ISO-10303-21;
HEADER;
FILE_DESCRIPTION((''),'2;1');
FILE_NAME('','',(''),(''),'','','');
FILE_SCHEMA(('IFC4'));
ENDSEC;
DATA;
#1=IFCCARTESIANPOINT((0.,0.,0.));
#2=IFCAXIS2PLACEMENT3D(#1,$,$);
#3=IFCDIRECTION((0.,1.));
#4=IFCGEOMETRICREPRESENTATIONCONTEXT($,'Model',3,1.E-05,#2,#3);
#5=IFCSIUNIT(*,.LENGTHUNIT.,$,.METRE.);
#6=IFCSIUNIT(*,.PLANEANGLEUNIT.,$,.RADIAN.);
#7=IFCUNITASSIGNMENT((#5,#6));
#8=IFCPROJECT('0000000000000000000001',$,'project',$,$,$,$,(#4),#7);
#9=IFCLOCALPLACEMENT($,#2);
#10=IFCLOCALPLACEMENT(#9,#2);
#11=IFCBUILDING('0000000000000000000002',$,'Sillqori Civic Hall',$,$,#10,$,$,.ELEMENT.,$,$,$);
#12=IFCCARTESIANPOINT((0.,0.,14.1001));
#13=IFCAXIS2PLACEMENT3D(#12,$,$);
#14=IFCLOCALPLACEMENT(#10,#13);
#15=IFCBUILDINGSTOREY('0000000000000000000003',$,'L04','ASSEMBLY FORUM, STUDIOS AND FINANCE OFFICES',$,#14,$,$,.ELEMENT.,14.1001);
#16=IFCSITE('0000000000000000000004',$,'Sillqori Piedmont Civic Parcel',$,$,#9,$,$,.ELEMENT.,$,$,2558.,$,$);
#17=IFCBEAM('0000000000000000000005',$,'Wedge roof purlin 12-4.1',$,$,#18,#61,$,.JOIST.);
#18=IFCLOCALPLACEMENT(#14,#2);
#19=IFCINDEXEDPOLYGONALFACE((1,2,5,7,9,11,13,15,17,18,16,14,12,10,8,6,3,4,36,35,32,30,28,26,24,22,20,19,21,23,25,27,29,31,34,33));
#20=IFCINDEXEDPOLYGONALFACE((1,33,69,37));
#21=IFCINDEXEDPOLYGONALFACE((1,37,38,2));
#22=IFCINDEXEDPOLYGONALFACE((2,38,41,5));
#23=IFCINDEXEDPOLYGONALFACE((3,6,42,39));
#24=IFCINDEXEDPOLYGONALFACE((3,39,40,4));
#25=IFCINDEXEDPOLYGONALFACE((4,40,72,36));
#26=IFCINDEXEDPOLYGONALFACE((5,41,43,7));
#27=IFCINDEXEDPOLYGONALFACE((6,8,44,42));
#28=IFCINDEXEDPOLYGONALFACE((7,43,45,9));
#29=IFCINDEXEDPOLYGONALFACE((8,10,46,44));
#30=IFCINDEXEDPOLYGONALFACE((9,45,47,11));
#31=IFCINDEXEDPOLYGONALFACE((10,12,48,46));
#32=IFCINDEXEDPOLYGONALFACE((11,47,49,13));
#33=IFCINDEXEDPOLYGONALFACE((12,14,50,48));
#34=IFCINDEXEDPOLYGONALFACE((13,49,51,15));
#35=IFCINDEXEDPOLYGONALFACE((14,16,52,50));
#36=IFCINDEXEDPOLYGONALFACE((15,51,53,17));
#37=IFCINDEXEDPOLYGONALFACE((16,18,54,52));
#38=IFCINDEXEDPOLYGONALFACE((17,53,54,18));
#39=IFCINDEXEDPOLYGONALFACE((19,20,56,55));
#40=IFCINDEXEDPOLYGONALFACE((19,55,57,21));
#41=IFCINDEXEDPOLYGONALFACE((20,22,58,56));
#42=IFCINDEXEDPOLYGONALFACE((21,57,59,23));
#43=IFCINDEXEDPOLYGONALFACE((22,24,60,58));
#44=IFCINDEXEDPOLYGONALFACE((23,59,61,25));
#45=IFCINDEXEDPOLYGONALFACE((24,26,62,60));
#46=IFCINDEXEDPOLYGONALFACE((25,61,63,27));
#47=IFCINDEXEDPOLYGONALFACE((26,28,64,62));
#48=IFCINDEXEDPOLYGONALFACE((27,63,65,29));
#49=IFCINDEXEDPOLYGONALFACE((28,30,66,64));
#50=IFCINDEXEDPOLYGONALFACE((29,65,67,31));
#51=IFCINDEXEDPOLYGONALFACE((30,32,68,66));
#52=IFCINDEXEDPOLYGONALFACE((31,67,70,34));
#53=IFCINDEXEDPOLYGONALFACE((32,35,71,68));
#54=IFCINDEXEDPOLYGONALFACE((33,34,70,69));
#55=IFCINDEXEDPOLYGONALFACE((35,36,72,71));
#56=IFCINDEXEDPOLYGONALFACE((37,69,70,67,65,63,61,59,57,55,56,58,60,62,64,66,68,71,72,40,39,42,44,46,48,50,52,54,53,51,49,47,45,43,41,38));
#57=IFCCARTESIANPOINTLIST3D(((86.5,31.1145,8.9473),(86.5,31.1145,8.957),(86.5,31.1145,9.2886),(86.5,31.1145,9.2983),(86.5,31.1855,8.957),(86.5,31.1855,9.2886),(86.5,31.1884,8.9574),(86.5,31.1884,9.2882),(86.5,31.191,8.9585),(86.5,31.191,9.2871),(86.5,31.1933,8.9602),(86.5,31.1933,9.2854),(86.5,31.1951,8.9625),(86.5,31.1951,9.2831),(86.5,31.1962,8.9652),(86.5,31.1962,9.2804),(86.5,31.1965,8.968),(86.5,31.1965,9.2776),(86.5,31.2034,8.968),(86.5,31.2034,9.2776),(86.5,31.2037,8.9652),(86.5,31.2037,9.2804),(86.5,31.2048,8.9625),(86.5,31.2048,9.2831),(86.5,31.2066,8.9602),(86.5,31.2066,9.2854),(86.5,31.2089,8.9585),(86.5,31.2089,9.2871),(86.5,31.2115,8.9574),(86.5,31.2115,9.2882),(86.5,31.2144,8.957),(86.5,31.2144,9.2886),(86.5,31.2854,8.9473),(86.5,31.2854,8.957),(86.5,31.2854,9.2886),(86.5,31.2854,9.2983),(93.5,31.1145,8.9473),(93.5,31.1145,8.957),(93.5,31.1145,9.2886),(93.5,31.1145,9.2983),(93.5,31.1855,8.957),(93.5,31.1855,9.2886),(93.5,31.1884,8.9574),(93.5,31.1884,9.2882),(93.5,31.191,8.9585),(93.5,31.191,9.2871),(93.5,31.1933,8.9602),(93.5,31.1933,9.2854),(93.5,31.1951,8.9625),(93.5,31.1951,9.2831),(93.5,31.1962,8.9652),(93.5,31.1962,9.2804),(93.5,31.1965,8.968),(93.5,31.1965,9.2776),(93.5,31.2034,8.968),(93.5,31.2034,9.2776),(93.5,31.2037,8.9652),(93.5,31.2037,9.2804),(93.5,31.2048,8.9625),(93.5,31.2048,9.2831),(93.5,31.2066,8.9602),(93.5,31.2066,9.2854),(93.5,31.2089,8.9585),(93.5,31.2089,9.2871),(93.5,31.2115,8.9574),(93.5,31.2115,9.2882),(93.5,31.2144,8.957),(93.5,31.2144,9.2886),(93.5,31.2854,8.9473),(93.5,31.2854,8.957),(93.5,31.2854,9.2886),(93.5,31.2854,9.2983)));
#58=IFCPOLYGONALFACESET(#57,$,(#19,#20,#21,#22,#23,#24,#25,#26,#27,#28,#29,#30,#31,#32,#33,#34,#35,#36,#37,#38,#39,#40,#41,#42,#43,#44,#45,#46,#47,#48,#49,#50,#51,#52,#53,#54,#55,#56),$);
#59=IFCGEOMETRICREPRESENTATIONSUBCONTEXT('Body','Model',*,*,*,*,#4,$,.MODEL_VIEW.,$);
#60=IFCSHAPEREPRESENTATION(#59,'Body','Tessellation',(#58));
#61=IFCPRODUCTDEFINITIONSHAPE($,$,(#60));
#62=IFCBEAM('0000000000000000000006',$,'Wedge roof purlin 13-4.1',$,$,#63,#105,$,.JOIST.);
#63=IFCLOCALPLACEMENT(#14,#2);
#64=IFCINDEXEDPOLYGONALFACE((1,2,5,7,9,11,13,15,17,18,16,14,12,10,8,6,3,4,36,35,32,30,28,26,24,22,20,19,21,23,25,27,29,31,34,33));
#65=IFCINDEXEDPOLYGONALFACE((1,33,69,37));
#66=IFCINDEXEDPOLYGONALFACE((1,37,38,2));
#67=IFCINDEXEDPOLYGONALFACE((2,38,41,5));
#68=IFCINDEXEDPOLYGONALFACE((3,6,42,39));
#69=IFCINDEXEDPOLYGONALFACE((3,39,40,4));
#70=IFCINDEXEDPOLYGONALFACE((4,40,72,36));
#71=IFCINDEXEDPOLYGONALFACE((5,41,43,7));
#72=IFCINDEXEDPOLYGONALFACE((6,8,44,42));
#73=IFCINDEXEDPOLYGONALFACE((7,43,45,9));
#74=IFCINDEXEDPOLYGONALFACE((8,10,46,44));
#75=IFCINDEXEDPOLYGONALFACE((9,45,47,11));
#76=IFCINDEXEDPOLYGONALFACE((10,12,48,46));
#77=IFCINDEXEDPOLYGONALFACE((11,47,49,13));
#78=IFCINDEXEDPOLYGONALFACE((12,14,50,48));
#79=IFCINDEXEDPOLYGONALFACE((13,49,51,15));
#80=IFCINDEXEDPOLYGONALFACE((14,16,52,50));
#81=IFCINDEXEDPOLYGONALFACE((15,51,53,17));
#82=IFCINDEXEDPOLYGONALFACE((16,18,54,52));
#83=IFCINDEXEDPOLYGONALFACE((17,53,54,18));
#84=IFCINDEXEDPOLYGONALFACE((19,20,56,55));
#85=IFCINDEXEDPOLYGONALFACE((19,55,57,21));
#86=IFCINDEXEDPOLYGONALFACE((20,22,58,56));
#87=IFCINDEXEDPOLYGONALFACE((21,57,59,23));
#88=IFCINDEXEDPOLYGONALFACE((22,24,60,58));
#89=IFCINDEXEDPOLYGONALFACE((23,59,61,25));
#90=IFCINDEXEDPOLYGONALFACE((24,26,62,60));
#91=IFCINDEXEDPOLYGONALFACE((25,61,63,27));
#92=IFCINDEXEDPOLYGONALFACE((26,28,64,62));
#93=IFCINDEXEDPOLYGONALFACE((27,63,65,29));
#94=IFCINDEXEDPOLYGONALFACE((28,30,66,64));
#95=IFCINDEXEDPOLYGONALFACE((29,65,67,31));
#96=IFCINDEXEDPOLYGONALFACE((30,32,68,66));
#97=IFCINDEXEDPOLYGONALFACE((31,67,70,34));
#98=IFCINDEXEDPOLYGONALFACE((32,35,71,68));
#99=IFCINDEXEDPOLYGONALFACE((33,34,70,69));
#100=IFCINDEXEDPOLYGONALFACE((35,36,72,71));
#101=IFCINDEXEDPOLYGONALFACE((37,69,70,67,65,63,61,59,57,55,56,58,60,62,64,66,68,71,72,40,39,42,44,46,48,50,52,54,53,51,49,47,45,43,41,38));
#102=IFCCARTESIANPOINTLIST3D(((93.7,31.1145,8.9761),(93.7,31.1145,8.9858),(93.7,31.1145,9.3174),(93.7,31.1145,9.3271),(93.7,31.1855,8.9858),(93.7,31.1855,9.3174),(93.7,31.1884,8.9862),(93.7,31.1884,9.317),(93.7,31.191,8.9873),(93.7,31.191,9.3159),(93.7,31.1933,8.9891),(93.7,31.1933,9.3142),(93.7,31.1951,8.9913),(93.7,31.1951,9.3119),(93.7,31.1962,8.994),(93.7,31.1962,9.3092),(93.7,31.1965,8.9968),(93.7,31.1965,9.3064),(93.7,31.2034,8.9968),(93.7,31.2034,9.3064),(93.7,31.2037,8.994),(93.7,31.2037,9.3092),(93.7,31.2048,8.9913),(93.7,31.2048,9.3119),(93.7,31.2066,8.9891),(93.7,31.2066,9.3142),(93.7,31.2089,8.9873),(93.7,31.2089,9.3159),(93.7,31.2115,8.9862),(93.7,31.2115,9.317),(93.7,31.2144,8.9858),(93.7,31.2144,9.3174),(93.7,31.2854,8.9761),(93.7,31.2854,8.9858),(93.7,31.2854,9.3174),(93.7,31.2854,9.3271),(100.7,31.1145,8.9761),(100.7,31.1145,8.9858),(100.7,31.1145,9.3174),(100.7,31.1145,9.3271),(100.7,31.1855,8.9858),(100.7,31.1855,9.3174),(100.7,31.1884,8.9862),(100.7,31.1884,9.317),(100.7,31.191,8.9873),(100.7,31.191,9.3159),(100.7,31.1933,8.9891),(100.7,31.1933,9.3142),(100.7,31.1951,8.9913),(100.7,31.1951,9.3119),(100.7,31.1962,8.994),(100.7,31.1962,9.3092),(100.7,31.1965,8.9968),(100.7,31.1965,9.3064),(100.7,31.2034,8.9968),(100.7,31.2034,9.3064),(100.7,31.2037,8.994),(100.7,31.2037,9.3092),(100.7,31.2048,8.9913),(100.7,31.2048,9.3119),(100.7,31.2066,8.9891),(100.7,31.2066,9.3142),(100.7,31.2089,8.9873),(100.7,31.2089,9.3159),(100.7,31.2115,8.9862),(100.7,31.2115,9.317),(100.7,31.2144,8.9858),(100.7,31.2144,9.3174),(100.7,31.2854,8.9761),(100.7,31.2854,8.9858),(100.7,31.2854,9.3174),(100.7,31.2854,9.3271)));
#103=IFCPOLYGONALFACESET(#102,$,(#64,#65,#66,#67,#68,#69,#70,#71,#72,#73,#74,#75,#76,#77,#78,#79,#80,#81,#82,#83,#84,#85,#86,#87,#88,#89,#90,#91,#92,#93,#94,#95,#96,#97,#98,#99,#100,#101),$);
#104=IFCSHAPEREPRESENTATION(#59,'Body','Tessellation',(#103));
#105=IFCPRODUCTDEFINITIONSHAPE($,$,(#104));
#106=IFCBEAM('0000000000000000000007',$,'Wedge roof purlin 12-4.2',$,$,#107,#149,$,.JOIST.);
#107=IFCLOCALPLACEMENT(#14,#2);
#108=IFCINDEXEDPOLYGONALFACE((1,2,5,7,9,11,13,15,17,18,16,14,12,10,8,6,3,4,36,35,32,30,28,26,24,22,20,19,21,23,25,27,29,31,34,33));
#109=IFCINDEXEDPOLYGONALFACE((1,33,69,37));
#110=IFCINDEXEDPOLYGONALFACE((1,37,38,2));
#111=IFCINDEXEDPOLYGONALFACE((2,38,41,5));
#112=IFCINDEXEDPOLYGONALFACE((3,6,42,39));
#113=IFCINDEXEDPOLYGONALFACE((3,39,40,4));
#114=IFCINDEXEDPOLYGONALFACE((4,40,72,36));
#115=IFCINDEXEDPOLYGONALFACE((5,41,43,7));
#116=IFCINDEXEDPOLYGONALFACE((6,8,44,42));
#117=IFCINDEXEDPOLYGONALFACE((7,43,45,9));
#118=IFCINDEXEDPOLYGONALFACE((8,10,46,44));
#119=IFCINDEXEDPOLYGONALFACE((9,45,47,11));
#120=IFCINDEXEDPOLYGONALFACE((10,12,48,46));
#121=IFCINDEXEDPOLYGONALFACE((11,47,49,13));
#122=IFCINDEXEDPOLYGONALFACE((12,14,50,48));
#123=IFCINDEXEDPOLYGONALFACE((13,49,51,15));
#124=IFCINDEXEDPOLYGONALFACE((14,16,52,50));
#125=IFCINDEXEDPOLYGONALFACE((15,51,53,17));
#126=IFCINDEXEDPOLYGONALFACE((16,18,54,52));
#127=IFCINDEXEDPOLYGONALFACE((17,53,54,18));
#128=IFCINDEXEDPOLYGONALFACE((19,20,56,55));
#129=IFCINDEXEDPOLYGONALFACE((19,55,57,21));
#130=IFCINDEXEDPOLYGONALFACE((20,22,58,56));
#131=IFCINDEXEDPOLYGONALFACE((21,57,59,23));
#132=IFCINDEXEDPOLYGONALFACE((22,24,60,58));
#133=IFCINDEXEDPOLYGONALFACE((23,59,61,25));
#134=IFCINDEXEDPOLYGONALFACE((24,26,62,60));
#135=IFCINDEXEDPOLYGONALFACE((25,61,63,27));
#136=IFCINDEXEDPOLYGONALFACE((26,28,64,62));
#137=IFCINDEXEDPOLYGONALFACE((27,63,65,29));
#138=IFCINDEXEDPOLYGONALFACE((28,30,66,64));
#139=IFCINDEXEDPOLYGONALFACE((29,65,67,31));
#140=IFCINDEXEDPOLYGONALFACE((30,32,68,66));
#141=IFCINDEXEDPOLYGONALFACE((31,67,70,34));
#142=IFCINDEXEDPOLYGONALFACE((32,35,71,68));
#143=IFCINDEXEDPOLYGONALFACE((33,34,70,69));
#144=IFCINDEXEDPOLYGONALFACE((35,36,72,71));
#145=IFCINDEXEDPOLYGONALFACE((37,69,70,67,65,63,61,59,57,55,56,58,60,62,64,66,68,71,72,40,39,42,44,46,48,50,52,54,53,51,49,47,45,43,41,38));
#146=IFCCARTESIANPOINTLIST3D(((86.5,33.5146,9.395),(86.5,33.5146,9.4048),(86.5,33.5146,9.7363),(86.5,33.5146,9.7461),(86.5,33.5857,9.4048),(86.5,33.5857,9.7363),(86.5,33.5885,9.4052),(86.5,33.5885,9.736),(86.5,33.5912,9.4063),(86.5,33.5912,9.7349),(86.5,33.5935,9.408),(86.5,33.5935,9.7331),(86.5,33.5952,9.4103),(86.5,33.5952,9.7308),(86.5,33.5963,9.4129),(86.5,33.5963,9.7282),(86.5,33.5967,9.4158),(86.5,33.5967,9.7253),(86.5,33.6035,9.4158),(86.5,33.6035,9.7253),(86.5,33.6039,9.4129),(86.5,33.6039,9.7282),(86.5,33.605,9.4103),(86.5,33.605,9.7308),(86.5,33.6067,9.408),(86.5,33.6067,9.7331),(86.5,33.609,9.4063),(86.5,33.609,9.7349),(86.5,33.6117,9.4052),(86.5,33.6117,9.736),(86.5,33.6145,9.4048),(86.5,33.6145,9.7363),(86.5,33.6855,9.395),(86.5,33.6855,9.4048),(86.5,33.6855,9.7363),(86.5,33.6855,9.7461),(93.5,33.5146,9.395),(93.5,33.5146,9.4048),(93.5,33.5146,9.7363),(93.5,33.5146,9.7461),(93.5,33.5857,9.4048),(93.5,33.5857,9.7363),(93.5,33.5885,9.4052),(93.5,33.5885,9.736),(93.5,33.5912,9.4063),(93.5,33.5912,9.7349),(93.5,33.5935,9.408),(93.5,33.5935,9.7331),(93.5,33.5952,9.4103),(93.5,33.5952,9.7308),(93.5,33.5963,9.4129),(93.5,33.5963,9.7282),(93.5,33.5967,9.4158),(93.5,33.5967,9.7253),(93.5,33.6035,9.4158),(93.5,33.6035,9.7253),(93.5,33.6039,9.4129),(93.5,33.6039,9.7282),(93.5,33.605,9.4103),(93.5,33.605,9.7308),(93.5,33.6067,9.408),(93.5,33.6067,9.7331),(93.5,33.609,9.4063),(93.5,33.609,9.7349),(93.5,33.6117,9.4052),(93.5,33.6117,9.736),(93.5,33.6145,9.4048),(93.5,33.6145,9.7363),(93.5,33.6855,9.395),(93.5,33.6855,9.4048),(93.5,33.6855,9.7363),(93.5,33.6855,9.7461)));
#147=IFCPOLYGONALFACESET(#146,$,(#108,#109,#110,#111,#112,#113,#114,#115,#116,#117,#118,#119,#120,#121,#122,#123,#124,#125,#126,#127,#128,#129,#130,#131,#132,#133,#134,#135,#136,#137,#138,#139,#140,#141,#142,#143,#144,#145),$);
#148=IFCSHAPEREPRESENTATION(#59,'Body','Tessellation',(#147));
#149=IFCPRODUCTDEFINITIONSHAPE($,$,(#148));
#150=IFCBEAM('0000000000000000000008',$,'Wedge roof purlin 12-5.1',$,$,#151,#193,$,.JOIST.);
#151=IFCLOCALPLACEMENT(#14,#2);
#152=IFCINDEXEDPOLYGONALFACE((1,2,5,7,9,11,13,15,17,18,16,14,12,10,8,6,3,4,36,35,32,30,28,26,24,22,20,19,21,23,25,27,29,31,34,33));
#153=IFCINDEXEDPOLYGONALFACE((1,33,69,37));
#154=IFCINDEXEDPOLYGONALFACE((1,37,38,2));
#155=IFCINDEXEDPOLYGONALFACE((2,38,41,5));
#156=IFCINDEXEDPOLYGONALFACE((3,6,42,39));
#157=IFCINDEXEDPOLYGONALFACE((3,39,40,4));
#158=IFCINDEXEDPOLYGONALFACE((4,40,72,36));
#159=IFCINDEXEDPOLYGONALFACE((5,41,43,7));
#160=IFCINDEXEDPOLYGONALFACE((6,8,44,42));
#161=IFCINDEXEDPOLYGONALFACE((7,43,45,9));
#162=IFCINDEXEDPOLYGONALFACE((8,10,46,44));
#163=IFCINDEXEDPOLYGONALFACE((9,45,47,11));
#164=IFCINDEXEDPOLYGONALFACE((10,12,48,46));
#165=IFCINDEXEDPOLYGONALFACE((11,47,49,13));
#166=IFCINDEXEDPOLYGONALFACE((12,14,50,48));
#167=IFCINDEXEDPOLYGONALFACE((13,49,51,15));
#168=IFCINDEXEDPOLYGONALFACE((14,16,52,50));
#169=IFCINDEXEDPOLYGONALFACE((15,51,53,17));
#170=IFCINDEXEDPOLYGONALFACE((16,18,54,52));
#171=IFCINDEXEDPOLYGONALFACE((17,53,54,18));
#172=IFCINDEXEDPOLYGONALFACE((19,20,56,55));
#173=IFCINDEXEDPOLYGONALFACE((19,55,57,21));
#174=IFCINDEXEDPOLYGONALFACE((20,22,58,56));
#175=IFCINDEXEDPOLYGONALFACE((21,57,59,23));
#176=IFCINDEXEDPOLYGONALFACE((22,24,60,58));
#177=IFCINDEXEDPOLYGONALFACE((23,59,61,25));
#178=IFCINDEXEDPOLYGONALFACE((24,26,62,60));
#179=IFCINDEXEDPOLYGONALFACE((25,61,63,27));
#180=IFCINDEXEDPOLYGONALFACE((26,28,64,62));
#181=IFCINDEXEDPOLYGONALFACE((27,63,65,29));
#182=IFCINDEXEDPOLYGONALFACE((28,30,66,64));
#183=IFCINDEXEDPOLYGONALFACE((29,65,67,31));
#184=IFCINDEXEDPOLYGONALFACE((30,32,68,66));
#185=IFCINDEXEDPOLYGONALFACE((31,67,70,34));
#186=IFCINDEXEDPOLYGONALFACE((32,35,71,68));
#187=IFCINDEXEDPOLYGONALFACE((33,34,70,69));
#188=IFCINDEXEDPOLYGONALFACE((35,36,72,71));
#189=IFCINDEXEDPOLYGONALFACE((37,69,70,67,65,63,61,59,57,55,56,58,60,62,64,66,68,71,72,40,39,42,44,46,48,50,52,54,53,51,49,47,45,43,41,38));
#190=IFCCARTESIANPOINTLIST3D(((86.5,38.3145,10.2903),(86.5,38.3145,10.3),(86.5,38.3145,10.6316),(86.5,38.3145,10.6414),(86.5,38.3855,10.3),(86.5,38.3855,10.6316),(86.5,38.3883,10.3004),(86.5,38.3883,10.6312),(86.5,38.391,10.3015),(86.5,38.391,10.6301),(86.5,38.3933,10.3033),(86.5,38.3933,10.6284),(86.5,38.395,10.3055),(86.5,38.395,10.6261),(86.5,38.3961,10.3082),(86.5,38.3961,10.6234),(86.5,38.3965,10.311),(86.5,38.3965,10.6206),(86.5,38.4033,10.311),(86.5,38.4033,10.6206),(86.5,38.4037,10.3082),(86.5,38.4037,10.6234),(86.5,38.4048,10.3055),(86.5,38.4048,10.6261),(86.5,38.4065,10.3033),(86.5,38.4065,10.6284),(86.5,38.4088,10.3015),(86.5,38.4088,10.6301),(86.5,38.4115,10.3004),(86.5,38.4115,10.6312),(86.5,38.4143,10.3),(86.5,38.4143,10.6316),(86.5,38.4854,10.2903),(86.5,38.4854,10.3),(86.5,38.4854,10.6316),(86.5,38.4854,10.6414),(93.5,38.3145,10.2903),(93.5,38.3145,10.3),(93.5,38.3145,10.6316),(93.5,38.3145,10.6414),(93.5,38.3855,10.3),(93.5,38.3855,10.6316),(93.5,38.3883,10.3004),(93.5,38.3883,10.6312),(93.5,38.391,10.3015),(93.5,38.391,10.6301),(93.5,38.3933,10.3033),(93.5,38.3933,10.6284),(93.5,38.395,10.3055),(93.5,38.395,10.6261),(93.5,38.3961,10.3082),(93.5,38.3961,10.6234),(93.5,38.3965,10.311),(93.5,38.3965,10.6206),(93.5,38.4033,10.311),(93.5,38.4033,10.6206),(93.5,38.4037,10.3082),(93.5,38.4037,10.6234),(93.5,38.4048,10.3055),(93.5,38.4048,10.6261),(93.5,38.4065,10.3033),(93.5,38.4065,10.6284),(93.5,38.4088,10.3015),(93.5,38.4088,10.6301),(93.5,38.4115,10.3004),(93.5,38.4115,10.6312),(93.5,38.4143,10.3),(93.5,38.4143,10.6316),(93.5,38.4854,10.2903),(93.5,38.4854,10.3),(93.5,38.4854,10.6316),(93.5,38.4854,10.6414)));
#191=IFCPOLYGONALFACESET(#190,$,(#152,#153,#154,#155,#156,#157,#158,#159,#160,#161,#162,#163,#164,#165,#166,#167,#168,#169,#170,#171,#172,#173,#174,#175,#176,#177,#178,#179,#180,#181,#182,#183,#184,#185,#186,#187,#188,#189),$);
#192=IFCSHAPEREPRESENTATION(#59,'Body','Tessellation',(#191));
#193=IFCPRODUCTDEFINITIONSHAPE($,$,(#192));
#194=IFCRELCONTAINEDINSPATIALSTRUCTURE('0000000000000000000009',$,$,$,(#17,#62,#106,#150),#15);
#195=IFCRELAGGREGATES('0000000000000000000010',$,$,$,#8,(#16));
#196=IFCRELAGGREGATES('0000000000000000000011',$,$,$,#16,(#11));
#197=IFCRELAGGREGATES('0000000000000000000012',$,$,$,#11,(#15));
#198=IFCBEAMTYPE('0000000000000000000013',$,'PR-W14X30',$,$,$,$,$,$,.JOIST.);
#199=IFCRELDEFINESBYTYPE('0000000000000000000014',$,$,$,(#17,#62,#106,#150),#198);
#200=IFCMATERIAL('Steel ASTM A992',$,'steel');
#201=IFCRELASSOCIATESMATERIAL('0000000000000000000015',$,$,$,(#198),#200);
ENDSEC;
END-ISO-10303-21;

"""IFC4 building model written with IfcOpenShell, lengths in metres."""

from ifc_helpers import new_model, si_unit, direction, frame, origin, origin_2d, place, context, subcontext, project, spatial, i_section, extrude, material, material_profile, profile_set, type_object, element, save


model = new_model("IFC4")

# Units and contexts
model_context = context("Model", 3, precision=1e-05, world=origin(), true_north=direction((0.0, 1.0)))
body_context = subcontext(model_context, "Body", "Model", "MODEL_VIEW")
ifc_project = project(units=[si_unit("LENGTHUNIT", "METRE"), si_unit("PLANEANGLEUNIT", "RADIAN")], contexts=[model_context])

# Site, building, storey
site_placement = place(None, origin())
site = spatial("IfcSite", under=ifc_project, at=site_placement, Name="Sillqori Piedmont Civic Parcel", CompositionType="ELEMENT", RefElevation=2558.0)
building_placement = place(site_placement, origin())
building = spatial("IfcBuilding", under=site, at=building_placement, Name="Sillqori Civic Hall", CompositionType="ELEMENT")
storey_placement = place(building_placement, frame((0.0, 0.0, 14.1001)))
storey = spatial("IfcBuildingStorey", under=building, at=storey_placement, Name="L04", Description="ASSEMBLY FORUM, STUDIOS AND FINANCE OFFICES", CompositionType="ELEMENT", Elevation=14.1001)

# Shared definitions
ifc_material_1 = material(Name="Steel ASTM A992", Category="steel")

# Beams
ifc_material_profile_1 = material_profile(ifc_material_1, i_section(OverallWidth=0.1709, OverallDepth=0.3511, WebThickness=0.0068, FlangeThickness=0.0098, FilletRadius=0.011, at=origin_2d()), Name="W14X30")
ifc_profile_set_1 = profile_set([ifc_material_profile_1], Name="Steel ASTM A992")
beam_type_1 = type_object("IfcBeamType", Name="PR-W14X30", PredefinedType="JOIST", material=ifc_profile_set_1)
for number, where, z_axis, x_axis, name in (
    (1, (86.5, 31.2, 9.1228), (1.0, 0.0, 0.0), (0.0, 1.0, 0.0), "Wedge roof purlin 12-4.1"),
    (2, (93.7, 31.2, 9.1516), (1.0, 0.0, 0.0), (0.0, 1.0, 0.0), "Wedge roof purlin 13-4.1"),
    (3, (86.5, 33.6001, 9.5706), (1.0, 0.0, 0.0), (0.0, 1.0, 0.0), "Wedge roof purlin 12-4.2"),
    (4, (86.5, 38.3999, 10.4658), (1.0, 0.0, 0.0), (0.0, 1.0, 0.0), "Wedge roof purlin 12-5.1"),
):
    element("IfcBeam", number, at=place(storey_placement, frame(where, z_axis=z_axis, x_axis=x_axis)), inside=storey, type_object=beam_type_1, Name=name, PredefinedType="JOIST", context=body_context, shape_type="SweptSolid", body=[
        extrude(i_section(OverallWidth=0.1709, OverallDepth=0.3511, WebThickness=0.0068, FlangeThickness=0.0098, FilletRadius=0.011, at=origin_2d()), origin(), (0.0, 0.0, 1.0), 7.0),
    ])

save(model, "model.ifc")
